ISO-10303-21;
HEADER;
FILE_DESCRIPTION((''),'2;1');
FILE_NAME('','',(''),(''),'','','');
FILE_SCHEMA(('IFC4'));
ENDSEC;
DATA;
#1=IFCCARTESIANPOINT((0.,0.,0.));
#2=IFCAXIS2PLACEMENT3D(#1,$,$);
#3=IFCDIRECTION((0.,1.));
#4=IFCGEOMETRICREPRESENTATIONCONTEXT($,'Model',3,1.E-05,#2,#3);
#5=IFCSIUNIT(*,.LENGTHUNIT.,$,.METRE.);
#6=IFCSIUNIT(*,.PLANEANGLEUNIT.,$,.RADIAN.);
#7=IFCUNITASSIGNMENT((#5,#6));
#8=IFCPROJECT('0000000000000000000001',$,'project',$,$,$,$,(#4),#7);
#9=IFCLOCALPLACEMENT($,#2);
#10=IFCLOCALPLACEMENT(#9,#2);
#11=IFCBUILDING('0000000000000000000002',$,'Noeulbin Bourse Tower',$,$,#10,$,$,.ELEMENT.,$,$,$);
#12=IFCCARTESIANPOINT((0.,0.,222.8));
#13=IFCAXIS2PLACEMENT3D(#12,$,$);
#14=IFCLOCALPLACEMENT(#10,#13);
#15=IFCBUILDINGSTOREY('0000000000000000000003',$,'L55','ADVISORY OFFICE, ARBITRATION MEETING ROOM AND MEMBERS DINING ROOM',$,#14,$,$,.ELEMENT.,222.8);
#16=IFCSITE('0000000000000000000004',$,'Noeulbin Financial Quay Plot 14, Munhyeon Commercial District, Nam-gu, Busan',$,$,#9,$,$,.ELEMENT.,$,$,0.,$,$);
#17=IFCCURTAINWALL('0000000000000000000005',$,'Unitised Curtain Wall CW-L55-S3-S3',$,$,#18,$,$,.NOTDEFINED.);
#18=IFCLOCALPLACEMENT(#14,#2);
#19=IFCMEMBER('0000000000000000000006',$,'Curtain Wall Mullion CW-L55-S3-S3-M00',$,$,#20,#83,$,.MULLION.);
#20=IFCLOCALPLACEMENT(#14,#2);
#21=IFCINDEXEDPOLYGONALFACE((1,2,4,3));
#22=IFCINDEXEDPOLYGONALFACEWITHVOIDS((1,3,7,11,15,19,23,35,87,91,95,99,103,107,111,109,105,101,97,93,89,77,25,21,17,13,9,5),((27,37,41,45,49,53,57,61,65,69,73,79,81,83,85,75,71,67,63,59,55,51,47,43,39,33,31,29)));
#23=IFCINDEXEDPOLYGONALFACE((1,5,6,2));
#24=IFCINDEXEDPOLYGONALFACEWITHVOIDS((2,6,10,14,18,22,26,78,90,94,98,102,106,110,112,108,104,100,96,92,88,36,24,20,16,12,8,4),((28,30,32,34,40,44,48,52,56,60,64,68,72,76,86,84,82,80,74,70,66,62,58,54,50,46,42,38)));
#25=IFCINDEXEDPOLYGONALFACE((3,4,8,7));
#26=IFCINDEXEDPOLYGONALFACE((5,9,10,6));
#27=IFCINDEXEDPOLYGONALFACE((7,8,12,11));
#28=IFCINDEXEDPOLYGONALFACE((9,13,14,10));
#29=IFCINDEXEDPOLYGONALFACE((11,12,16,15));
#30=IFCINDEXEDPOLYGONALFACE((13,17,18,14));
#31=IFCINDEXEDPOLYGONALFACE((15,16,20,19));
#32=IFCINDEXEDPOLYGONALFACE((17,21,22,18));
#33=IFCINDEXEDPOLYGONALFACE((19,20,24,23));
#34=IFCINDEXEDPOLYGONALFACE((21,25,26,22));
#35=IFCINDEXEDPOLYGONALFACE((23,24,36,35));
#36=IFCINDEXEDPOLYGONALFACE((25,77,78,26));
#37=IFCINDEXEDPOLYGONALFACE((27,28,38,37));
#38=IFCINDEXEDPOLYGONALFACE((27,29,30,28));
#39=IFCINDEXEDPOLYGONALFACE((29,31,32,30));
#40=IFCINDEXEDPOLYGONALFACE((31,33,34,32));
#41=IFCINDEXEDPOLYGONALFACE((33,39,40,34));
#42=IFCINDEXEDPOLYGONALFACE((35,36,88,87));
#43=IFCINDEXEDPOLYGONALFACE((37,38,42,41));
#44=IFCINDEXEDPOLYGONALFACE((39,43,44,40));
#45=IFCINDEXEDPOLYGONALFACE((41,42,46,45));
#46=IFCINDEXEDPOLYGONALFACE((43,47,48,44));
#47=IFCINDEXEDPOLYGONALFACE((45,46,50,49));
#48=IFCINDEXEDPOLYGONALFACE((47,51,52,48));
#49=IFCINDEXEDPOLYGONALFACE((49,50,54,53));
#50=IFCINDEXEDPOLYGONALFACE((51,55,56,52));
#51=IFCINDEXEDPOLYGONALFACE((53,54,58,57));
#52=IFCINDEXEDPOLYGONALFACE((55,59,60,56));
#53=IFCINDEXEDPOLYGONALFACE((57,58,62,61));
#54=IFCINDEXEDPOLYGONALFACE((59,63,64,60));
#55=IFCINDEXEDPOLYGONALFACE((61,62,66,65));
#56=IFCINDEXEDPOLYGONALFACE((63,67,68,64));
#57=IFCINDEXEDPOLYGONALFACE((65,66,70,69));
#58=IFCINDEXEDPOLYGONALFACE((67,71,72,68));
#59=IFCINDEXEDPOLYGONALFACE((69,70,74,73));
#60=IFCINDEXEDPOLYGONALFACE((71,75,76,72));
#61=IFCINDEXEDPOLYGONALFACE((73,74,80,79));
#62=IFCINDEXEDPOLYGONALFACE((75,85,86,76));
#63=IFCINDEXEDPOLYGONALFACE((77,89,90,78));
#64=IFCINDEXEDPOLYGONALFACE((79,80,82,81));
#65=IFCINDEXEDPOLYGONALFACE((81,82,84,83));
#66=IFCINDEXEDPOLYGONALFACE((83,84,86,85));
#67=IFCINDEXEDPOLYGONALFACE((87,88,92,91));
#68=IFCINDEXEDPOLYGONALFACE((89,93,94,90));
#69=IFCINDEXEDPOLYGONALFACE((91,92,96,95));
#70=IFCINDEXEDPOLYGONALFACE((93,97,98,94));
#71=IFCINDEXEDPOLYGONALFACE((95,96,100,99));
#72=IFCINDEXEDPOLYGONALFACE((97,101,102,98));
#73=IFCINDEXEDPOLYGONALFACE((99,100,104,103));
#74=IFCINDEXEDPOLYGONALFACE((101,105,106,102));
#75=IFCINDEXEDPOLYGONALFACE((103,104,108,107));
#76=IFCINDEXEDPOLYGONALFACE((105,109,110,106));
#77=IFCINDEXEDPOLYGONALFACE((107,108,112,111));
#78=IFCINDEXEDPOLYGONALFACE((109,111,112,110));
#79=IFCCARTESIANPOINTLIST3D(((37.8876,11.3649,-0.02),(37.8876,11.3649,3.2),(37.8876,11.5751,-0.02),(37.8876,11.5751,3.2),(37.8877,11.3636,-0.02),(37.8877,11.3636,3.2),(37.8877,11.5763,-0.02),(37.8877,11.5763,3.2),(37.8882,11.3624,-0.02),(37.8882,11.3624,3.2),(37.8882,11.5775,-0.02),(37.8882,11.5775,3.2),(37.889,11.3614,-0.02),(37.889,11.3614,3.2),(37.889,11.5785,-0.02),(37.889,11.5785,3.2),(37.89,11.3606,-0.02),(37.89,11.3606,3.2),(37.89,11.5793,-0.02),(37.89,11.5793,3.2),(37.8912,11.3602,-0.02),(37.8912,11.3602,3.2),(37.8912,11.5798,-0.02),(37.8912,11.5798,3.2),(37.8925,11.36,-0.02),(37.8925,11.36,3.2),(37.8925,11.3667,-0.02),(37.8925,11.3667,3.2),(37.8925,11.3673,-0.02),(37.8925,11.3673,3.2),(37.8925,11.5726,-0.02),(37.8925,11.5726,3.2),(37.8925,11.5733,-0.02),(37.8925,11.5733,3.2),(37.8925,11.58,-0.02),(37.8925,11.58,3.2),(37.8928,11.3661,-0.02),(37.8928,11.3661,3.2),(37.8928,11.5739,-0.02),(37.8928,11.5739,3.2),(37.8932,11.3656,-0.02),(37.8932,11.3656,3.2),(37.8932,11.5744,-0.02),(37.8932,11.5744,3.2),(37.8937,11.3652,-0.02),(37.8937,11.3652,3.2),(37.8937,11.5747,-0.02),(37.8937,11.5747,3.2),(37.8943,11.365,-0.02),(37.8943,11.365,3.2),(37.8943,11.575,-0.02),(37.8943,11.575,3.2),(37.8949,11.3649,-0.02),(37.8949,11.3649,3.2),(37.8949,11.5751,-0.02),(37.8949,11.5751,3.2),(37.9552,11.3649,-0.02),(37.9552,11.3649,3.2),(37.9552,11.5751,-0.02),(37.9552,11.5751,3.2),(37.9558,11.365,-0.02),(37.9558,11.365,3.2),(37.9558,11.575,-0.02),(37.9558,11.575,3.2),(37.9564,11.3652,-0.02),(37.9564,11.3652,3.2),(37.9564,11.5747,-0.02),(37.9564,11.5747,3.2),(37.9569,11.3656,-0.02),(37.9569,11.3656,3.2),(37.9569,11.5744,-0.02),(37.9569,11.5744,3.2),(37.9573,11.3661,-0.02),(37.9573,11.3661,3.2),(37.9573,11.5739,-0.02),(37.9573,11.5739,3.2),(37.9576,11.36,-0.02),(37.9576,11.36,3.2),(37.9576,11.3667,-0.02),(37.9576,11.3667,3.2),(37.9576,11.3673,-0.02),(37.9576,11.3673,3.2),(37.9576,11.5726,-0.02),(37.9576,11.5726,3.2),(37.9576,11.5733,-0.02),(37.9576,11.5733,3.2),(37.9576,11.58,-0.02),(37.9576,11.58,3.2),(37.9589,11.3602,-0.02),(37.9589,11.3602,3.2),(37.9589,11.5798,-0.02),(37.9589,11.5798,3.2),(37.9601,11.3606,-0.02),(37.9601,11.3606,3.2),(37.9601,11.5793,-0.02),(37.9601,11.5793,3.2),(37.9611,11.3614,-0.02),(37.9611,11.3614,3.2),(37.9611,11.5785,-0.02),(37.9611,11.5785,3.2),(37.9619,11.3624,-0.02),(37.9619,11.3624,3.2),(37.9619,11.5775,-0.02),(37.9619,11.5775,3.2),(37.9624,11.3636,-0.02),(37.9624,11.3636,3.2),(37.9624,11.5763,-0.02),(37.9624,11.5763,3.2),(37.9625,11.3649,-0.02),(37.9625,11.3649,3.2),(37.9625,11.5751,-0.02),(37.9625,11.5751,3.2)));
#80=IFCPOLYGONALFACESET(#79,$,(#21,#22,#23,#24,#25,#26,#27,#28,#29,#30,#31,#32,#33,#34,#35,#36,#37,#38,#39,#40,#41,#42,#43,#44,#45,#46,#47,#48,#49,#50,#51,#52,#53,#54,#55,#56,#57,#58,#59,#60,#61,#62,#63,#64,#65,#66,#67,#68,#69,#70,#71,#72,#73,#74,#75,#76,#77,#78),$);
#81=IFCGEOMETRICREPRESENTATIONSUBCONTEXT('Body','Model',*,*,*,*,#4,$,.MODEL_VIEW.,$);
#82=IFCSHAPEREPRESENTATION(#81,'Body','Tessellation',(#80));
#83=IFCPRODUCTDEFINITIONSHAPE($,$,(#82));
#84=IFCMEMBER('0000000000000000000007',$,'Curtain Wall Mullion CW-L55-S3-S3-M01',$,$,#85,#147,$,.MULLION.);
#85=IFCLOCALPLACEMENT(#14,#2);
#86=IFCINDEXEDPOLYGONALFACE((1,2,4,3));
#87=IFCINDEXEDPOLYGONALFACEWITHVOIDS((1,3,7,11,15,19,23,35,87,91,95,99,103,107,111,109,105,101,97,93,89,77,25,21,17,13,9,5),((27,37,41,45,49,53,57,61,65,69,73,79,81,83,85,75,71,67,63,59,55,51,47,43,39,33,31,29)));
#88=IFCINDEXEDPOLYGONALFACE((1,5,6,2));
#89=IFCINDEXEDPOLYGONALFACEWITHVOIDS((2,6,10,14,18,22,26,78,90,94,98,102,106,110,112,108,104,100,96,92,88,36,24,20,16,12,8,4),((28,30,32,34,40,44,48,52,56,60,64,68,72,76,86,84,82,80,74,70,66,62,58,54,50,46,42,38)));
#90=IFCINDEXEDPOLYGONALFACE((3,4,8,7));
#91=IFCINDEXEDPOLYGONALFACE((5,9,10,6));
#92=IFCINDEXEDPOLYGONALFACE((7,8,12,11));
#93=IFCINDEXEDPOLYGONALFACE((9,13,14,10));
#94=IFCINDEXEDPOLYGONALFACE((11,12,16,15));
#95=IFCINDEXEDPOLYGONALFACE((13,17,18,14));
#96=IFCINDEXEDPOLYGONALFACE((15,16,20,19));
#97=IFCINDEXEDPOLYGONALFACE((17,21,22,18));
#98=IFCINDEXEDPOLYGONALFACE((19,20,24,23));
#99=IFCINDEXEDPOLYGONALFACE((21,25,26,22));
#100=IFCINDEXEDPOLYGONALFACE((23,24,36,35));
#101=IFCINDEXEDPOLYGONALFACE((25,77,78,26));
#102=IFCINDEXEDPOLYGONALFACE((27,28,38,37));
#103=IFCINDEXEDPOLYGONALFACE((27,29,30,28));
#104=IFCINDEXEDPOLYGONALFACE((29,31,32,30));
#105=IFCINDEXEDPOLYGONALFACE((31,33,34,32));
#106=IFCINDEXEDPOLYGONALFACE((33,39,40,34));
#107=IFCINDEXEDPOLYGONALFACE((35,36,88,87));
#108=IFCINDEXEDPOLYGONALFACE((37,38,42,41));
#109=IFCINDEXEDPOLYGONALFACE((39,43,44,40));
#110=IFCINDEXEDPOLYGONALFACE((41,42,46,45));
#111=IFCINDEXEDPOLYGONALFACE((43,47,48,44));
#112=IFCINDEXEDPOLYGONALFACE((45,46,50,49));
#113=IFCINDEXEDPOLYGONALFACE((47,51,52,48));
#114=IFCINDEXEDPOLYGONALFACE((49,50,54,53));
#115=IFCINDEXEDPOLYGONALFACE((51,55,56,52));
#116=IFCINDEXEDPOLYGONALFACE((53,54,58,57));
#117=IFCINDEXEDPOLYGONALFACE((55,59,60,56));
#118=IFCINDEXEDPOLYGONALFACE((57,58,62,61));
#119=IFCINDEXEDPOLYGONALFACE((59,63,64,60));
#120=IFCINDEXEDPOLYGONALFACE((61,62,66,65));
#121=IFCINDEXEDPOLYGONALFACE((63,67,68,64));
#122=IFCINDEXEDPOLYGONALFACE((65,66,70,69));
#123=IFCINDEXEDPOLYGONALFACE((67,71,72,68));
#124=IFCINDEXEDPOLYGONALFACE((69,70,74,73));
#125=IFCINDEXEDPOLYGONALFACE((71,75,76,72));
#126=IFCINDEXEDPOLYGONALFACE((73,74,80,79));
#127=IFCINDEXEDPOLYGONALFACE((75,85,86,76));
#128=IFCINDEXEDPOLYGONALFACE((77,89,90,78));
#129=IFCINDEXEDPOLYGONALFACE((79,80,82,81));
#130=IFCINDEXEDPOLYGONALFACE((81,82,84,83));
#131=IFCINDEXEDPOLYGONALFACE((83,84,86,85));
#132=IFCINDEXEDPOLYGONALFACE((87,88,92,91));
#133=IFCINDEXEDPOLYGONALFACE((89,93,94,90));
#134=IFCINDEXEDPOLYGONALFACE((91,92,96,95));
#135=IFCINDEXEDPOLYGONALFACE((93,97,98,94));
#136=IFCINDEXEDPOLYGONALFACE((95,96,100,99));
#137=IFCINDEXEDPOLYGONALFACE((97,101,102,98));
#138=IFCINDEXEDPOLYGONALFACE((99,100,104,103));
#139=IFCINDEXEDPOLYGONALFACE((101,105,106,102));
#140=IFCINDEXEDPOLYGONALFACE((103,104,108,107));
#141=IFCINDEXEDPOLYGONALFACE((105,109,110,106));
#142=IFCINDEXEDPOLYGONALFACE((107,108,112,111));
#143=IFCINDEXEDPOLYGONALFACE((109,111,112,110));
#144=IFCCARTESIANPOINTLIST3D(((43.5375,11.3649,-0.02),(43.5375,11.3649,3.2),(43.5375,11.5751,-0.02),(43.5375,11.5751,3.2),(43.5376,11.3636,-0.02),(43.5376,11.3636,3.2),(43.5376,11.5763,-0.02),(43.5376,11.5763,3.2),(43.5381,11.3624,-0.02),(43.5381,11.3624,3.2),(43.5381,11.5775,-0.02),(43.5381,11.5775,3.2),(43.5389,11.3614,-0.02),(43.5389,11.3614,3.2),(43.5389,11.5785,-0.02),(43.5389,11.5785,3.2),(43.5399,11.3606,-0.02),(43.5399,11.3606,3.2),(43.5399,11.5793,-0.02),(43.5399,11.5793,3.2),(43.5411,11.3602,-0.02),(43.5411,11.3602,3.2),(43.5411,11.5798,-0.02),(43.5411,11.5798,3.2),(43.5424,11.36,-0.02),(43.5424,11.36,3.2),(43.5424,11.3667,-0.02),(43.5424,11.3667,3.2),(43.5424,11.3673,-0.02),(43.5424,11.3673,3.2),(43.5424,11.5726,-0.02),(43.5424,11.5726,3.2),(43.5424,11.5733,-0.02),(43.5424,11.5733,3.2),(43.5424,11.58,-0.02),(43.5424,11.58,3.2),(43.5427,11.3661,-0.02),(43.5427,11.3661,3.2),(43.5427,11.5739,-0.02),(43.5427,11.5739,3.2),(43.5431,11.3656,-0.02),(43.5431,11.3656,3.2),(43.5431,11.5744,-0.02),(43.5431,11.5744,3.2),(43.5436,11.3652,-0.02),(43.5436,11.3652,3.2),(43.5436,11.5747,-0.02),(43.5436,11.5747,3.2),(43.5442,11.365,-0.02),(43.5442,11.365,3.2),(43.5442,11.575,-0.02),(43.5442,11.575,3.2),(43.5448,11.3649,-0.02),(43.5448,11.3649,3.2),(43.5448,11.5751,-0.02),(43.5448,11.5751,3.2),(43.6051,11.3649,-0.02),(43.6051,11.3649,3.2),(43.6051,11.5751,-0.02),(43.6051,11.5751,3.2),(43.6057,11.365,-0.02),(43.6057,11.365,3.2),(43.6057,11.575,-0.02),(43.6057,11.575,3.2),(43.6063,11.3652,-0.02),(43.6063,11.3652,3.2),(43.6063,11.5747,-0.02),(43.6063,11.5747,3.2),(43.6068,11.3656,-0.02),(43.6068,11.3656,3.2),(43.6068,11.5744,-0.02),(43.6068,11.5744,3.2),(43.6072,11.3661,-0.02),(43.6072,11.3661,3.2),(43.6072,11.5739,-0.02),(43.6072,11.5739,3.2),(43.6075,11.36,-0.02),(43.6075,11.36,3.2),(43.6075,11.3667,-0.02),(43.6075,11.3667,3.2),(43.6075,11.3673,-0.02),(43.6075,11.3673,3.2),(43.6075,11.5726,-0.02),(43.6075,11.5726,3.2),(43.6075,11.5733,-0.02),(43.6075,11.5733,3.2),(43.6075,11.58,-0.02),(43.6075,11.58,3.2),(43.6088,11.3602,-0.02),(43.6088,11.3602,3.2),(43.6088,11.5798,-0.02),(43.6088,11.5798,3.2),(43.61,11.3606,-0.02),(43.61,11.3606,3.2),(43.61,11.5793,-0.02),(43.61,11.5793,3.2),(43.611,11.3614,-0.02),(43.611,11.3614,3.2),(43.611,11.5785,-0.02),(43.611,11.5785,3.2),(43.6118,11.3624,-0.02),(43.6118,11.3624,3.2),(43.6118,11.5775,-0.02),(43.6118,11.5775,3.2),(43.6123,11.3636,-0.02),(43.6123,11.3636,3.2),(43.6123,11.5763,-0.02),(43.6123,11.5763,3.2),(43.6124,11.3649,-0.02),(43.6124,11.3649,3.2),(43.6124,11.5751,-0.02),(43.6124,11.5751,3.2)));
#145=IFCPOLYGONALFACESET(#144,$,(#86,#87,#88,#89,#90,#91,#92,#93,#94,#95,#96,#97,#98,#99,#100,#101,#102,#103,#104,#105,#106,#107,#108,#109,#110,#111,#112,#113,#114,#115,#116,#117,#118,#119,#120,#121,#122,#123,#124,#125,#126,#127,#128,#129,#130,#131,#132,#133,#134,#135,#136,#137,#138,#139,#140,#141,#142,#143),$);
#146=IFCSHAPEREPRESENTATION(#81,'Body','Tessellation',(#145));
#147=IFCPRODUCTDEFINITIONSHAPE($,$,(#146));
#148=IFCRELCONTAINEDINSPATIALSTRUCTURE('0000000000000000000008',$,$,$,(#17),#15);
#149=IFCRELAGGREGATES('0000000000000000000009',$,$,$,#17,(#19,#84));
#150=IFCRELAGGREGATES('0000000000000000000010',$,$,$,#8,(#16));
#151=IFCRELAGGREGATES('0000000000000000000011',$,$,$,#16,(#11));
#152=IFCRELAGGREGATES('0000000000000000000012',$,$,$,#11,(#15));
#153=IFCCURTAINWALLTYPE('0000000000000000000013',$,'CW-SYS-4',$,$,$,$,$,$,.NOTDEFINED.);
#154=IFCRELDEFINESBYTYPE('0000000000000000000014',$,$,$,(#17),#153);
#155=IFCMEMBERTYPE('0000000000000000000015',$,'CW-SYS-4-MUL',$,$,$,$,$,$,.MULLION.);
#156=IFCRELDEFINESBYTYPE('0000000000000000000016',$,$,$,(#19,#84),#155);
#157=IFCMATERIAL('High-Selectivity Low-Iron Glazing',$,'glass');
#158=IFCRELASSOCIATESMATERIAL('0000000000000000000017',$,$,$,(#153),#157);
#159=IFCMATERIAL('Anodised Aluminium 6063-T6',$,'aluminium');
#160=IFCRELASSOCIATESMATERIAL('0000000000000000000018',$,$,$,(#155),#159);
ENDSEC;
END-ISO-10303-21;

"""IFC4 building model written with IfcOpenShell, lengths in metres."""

from ifc_helpers import new_model, si_unit, direction, frame, origin, origin_2d, place, context, subcontext, project, spatial, hollow_rectangle, extrude, material, material_profile, profile_set, type_object, element, aggregate, save


model = new_model("IFC4")

# Units and contexts
model_context = context("Model", 3, precision=1e-05, world=origin(), true_north=direction((0.0, 1.0)))
body_context = subcontext(model_context, "Body", "Model", "MODEL_VIEW")
ifc_project = project(units=[si_unit("LENGTHUNIT", "METRE"), si_unit("PLANEANGLEUNIT", "RADIAN")], contexts=[model_context])

# Site, building, storey
site_placement = place(None, origin())
site = spatial("IfcSite", under=ifc_project, at=site_placement, Name="Noeulbin Financial Quay Plot 14, Munhyeon Commercial District, Nam-gu, Busan", CompositionType="ELEMENT", RefElevation=0.0)
building_placement = place(site_placement, origin())
building = spatial("IfcBuilding", under=site, at=building_placement, Name="Noeulbin Bourse Tower", CompositionType="ELEMENT")
storey_placement = place(building_placement, frame((0.0, 0.0, 222.8)))
storey = spatial("IfcBuildingStorey", under=building, at=storey_placement, Name="L55", Description="ADVISORY OFFICE, ARBITRATION MEETING ROOM AND MEMBERS DINING ROOM", CompositionType="ELEMENT", Elevation=222.8)

# Curtain wall, members
ifc_material_1 = material(Name="High-Selectivity Low-Iron Glazing", Category="glass")
curtain_wall_type = type_object("IfcCurtainWallType", Name="CW-SYS-4", PredefinedType="NOTDEFINED", material=ifc_material_1)
curtain_wall_1_placement = place(storey_placement, origin())
curtain_wall_1 = element("IfcCurtainWall", 1, at=curtain_wall_1_placement, inside=storey, type_object=curtain_wall_type, Name="Unitised Curtain Wall CW-L55-S3-S3", PredefinedType="NOTDEFINED")
ifc_material_2 = material(Name="Anodised Aluminium 6063-T6", Category="aluminium")
ifc_material_profile_1 = material_profile(ifc_material_2, hollow_rectangle(XDim=0.075, YDim=0.22, WallThickness=0.0049, InnerFilletRadius=0.0024, OuterFilletRadius=0.0049, at=origin_2d()), Name="ALU-MULL-75x220x5", Category="LoadBearing")
ifc_profile_set_1 = profile_set([ifc_material_profile_1], Name="Anodised Aluminium 6063-T6")
member_type_1 = type_object("IfcMemberType", Name="CW-SYS-4-MUL", PredefinedType="MULLION", material=ifc_profile_set_1)
member_1_placement = place(storey_placement, frame((37.925, 11.47, -0.02), z_axis=(0.0, 0.0, 1.0), x_axis=(1.0, 0.0, 0.0)))
member_1 = element("IfcMember", 2, at=member_1_placement, type_object=member_type_1, Name="Curtain Wall Mullion CW-L55-S3-S3-M00", PredefinedType="MULLION", context=body_context, shape_type="SweptSolid", body=[
    extrude(hollow_rectangle(XDim=0.075, YDim=0.22, WallThickness=0.0049, InnerFilletRadius=0.0024, OuterFilletRadius=0.0049, at=origin_2d()), origin(), (0.0, 0.0, 1.0), 3.22),
])
member_2_placement = place(storey_placement, frame((43.575, 11.47, -0.02), z_axis=(0.0, 0.0, 1.0), x_axis=(1.0, 0.0, 0.0)))
member_2 = element("IfcMember", 3, at=member_2_placement, type_object=member_type_1, Name="Curtain Wall Mullion CW-L55-S3-S3-M01", PredefinedType="MULLION", context=body_context, shape_type="SweptSolid", body=[
    extrude(hollow_rectangle(XDim=0.075, YDim=0.22, WallThickness=0.0049, InnerFilletRadius=0.0024, OuterFilletRadius=0.0049, at=origin_2d()), origin(), (0.0, 0.0, 1.0), 3.22),
])

aggregate(curtain_wall_1, [member_1, member_2])

save(model, "model.ifc")
